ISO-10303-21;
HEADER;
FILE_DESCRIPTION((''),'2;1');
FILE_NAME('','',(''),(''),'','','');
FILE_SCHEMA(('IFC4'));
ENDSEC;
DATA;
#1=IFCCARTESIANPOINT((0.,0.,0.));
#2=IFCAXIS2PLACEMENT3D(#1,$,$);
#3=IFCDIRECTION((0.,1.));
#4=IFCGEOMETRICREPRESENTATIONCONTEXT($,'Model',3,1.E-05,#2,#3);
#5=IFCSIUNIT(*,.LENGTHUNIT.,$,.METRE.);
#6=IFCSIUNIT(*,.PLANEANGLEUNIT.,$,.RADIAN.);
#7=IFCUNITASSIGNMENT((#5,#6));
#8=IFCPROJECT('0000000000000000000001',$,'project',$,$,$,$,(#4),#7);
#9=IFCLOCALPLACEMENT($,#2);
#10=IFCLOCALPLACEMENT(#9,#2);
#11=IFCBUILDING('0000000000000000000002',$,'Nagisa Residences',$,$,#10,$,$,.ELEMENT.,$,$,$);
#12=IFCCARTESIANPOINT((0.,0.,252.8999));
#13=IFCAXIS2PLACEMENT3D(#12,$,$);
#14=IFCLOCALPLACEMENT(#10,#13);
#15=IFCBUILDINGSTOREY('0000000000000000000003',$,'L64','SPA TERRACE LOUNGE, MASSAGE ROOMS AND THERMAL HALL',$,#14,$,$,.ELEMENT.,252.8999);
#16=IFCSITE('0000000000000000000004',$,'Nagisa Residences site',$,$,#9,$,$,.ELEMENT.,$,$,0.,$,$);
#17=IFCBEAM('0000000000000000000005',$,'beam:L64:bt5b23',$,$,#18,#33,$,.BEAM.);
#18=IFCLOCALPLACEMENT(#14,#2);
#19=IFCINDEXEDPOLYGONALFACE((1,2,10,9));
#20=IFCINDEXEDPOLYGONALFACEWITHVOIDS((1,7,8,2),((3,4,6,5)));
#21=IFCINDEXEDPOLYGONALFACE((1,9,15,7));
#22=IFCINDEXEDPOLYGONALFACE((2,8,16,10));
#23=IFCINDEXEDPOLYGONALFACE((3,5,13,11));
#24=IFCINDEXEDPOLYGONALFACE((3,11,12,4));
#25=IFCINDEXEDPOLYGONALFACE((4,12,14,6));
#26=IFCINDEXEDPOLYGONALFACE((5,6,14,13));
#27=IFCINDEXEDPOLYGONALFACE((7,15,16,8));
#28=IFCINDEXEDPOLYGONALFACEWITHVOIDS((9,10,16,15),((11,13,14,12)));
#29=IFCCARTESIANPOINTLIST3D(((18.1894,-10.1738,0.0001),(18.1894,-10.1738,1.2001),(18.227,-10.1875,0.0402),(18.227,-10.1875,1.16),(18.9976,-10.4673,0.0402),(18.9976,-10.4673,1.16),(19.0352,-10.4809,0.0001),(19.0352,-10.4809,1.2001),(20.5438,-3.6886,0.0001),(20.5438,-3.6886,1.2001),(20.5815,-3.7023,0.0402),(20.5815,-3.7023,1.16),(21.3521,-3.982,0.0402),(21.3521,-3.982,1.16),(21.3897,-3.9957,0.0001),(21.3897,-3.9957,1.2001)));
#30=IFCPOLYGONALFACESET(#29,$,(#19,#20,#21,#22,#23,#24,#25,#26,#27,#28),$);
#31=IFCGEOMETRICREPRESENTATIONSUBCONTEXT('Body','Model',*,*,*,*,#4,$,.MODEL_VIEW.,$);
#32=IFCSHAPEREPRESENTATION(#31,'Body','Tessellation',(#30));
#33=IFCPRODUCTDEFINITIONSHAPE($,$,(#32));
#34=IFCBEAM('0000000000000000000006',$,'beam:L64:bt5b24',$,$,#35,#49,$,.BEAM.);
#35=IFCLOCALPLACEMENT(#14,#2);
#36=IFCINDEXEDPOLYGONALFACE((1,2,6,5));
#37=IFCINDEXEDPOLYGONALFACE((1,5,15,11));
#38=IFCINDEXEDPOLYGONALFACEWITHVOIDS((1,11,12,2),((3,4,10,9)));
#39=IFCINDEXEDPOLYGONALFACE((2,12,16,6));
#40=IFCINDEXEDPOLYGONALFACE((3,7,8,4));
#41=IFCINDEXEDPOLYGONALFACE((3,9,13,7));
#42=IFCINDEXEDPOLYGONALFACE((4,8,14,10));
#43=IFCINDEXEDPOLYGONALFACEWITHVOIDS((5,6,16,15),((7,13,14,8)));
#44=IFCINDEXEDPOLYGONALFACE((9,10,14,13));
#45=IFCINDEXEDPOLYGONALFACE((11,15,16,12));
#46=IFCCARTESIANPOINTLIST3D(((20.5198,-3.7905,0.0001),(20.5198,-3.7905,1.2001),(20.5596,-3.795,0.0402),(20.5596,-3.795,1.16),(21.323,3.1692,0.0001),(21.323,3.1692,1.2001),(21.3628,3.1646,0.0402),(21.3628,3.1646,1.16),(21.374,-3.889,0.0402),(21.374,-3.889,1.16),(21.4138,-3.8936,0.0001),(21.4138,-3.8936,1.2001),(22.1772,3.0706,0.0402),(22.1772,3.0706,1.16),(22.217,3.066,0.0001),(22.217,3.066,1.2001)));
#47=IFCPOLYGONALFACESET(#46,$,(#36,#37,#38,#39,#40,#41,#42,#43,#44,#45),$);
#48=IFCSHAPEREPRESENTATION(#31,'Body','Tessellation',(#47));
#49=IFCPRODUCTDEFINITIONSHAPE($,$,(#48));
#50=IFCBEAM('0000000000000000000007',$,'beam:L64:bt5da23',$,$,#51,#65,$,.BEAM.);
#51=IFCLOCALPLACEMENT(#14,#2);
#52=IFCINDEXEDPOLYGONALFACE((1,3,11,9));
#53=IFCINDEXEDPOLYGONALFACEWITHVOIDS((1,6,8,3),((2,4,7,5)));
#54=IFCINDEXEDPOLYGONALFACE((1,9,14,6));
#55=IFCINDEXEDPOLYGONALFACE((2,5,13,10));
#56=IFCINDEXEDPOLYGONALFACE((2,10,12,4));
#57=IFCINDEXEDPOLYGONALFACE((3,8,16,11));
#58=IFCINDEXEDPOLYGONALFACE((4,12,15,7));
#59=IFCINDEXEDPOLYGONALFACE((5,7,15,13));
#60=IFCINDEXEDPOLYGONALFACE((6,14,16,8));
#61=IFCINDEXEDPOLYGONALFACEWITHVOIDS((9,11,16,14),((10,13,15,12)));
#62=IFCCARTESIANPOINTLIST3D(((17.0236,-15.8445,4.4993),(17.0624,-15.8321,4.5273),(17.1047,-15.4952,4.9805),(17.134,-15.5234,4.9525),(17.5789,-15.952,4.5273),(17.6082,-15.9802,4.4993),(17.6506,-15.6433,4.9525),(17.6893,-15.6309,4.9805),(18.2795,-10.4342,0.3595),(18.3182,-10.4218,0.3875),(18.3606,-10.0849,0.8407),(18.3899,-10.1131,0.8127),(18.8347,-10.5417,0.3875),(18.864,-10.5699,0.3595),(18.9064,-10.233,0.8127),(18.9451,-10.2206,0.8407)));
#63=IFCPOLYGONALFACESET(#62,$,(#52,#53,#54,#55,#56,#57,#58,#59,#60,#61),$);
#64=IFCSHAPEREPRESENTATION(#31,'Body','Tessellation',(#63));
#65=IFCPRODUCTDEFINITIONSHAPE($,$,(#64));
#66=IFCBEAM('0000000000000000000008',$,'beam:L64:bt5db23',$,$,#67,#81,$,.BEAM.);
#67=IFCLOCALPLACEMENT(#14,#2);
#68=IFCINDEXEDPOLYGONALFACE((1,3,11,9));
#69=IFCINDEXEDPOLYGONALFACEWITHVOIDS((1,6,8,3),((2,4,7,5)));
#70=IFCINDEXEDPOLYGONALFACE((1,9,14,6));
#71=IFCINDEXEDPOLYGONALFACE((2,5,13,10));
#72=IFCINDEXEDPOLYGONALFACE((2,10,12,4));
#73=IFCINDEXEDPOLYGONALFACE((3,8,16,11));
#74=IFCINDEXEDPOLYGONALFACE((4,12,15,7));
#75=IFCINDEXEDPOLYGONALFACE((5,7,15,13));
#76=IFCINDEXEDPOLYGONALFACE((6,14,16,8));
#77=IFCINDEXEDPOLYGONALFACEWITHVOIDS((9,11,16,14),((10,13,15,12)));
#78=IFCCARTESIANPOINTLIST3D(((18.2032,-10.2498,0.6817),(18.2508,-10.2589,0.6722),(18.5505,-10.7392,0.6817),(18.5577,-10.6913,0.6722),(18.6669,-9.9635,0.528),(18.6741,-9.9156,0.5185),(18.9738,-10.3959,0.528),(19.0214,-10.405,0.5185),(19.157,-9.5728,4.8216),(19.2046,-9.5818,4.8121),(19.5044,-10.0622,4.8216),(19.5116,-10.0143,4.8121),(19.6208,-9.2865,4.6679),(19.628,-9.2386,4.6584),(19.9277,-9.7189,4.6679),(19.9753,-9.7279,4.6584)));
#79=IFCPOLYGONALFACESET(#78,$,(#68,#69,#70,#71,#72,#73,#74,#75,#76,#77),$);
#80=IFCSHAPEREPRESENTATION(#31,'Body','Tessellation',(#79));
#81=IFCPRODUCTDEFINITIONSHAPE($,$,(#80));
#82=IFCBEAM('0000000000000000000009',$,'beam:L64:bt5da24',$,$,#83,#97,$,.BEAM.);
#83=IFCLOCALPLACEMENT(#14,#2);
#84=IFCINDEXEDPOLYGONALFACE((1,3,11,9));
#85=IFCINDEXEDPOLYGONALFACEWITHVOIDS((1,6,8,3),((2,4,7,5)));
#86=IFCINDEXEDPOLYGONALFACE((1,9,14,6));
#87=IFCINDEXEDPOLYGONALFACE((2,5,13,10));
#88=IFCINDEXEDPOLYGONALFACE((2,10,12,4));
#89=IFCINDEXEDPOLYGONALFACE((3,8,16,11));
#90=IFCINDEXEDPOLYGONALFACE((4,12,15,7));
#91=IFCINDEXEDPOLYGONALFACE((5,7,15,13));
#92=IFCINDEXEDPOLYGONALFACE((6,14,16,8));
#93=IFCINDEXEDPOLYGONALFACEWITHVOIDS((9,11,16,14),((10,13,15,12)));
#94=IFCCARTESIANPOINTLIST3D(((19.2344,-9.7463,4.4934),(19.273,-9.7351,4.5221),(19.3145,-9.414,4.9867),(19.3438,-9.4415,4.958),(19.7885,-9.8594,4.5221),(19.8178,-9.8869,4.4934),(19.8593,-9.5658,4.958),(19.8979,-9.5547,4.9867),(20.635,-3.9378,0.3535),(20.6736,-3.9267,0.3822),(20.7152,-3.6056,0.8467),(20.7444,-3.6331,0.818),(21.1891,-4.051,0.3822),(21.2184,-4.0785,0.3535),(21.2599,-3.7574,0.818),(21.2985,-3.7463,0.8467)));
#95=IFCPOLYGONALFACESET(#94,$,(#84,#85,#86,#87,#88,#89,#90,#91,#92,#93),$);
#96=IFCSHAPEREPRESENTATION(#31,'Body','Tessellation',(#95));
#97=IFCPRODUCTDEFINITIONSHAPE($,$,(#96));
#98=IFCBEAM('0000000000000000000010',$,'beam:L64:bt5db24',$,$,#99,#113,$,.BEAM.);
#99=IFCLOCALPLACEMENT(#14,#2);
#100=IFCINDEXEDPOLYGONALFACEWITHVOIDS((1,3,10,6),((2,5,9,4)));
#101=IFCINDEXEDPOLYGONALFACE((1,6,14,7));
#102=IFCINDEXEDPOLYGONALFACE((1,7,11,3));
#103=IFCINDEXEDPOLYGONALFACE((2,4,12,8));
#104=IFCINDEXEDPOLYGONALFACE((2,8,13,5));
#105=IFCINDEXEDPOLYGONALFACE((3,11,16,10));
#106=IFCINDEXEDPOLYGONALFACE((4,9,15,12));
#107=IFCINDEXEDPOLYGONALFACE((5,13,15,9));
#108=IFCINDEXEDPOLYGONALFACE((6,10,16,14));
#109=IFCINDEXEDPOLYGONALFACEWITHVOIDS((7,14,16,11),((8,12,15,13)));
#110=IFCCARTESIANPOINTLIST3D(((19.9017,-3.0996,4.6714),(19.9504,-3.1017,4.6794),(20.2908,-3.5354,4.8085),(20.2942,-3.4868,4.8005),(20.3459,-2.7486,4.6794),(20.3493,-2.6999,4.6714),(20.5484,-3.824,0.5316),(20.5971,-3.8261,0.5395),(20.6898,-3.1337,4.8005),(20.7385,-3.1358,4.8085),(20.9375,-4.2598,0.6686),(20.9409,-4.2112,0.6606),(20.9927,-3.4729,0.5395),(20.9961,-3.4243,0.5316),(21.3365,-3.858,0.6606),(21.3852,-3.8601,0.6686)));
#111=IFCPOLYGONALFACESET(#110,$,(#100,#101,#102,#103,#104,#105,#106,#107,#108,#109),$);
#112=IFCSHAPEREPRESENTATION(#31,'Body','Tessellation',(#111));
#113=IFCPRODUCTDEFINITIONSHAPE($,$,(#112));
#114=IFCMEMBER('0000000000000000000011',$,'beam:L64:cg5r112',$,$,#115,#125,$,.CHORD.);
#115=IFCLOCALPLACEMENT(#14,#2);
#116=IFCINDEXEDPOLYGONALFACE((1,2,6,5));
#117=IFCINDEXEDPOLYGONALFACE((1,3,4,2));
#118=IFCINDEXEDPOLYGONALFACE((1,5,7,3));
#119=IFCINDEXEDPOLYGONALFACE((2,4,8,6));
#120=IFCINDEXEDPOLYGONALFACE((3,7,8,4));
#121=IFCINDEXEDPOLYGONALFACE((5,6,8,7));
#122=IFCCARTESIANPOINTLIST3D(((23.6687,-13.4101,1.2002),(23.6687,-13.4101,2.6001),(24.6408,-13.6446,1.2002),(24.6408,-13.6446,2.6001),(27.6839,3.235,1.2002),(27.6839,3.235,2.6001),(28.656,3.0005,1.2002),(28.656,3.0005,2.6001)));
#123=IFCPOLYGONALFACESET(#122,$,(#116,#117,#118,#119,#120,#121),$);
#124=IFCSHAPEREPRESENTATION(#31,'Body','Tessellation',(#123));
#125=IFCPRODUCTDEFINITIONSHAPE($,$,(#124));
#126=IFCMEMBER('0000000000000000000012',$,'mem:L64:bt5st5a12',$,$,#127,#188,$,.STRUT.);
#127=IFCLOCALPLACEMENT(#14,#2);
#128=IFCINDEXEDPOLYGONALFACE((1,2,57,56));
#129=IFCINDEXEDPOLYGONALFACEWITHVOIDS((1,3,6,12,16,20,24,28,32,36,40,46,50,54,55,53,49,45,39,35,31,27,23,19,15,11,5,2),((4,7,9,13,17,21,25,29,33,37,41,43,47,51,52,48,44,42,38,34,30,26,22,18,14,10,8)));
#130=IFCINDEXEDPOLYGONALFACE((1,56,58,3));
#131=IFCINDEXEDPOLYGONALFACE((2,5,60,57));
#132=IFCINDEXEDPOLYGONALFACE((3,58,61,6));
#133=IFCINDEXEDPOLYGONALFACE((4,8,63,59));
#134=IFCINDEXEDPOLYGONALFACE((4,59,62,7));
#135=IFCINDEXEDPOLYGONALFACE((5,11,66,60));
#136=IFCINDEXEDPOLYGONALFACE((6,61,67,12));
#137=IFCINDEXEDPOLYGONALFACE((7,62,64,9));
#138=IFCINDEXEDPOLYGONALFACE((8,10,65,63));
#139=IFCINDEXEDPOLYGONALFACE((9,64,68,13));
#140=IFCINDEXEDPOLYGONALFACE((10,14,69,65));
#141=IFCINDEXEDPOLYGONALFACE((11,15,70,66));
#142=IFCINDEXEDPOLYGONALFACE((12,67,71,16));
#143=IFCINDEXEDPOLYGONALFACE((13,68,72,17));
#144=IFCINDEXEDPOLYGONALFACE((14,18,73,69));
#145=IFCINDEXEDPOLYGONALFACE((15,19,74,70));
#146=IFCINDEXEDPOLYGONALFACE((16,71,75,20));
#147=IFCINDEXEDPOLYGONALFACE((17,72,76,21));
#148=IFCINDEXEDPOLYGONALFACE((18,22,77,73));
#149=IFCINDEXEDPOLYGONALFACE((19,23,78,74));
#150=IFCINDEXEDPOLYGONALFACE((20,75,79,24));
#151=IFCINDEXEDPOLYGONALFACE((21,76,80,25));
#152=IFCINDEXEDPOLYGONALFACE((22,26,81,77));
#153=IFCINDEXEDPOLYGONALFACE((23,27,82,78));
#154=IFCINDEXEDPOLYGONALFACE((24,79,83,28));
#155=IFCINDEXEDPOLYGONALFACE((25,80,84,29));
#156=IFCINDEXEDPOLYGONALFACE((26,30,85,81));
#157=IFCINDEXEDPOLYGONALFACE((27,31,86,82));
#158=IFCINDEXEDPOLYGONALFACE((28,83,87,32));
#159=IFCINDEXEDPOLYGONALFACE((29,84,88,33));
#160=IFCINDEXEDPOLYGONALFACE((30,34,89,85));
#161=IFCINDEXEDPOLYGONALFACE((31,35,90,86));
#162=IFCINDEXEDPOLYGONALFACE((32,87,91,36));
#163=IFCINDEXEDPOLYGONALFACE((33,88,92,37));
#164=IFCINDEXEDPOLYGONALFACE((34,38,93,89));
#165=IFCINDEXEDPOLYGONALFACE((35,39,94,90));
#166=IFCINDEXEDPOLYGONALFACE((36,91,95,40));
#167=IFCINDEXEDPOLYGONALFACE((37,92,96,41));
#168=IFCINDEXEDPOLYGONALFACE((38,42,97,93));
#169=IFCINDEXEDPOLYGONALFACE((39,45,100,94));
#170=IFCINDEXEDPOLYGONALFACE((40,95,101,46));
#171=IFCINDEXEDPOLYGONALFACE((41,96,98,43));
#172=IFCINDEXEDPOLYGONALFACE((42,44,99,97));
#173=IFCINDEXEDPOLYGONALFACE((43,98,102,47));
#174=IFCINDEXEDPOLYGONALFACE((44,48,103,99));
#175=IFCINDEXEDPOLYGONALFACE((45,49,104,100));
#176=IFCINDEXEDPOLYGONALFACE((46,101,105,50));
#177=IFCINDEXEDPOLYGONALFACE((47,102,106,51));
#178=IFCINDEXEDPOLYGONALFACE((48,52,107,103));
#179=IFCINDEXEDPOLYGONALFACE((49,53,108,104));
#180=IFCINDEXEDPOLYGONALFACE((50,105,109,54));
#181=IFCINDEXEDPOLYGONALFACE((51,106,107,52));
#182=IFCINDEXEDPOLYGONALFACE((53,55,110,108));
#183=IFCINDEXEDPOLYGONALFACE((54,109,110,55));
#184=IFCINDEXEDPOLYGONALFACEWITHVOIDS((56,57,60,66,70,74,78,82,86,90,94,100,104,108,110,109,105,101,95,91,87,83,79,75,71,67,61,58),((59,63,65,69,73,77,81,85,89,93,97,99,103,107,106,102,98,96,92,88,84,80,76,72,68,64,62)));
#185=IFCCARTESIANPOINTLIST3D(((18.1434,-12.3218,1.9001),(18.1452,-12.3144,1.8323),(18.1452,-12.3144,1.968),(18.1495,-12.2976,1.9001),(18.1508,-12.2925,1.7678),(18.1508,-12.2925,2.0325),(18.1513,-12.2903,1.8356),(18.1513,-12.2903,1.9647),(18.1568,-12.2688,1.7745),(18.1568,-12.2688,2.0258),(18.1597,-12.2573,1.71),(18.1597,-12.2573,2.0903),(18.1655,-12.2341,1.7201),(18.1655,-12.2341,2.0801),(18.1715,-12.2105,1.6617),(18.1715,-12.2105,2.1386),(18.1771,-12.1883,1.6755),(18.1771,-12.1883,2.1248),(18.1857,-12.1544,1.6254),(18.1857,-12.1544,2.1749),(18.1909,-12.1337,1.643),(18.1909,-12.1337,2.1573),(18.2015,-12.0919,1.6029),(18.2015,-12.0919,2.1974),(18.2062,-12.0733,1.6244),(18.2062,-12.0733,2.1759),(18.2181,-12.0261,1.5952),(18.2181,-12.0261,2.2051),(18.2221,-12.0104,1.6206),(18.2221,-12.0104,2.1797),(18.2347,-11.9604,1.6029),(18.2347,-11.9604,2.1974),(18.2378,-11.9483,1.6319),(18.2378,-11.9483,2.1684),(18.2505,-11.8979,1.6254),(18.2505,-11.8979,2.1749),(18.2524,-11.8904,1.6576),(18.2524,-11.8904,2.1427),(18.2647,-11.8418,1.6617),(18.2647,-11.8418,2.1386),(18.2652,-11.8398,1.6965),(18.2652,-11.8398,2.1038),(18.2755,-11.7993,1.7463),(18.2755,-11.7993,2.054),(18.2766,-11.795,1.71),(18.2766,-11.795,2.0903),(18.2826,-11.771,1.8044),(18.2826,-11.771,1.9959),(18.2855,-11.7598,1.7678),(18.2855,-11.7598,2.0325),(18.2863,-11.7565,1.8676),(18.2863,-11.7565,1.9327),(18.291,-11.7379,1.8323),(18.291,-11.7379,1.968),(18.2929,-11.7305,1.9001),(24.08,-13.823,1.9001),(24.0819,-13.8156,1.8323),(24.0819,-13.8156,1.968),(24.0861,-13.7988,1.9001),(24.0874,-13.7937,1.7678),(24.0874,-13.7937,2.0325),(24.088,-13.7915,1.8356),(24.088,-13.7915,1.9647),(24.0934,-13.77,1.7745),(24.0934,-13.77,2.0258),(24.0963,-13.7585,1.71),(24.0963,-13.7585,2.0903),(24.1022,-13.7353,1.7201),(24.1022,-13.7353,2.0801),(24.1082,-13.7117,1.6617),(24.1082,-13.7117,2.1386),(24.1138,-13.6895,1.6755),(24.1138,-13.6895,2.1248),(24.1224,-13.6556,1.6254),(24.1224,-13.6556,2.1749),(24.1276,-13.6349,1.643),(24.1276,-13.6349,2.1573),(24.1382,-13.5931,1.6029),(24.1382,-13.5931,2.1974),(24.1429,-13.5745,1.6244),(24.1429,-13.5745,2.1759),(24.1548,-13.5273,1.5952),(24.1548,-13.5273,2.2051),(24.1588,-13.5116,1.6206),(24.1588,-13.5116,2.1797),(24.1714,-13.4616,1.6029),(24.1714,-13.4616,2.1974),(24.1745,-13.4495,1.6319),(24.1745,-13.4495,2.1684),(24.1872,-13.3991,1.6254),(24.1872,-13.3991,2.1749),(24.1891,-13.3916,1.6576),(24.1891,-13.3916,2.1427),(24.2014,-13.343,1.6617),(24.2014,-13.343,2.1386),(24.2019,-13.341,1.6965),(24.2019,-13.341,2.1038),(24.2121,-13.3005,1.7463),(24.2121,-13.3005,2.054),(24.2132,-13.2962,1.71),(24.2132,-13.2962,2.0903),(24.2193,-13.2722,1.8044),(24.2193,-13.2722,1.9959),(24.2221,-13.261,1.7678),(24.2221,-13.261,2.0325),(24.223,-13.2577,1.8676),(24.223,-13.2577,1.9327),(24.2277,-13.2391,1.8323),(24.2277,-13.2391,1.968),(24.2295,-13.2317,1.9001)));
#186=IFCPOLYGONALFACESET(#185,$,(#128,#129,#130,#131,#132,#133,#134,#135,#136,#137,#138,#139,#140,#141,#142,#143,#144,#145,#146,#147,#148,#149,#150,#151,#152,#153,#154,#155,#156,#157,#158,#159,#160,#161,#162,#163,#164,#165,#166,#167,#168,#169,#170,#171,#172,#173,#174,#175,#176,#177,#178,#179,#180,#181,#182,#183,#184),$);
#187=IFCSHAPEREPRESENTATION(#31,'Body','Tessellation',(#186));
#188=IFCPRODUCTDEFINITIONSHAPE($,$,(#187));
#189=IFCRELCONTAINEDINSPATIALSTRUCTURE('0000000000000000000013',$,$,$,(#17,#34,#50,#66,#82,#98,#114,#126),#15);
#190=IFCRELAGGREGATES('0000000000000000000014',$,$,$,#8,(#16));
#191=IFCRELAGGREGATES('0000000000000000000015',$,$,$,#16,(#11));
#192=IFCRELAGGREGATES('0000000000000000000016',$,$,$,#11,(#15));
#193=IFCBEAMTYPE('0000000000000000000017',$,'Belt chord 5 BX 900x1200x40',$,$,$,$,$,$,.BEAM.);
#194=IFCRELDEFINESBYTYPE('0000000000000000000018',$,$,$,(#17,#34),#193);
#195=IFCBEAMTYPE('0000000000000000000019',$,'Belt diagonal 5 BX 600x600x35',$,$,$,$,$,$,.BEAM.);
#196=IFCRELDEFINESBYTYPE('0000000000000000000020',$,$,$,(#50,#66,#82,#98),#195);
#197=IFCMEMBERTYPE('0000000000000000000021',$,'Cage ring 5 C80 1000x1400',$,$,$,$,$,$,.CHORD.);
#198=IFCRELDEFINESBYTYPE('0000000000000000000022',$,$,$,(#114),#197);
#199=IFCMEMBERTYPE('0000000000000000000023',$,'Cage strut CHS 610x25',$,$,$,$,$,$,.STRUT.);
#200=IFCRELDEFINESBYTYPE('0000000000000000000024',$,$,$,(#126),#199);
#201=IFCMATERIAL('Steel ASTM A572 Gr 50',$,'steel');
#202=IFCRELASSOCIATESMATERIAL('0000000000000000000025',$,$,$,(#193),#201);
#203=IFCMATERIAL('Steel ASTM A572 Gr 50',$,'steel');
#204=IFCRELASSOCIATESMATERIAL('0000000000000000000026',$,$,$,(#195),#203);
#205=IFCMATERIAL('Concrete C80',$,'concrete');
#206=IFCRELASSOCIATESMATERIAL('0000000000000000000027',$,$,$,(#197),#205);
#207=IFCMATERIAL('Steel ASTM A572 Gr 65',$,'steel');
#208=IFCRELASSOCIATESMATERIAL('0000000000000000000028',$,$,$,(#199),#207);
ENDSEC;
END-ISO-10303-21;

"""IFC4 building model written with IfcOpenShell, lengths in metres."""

from ifc_helpers import new_model, si_unit, direction, frame, origin, origin_2d, place, context, subcontext, project, spatial, rectangle, hollow_rectangle, hollow_circle, extrude, material, material_profile, profile_set, type_object, element, save


model = new_model("IFC4")

# Units and contexts
model_context = context("Model", 3, precision=1e-05, world=origin(), true_north=direction((0.0, 1.0)))
body_context = subcontext(model_context, "Body", "Model", "MODEL_VIEW")
ifc_project = project(units=[si_unit("LENGTHUNIT", "METRE"), si_unit("PLANEANGLEUNIT", "RADIAN")], contexts=[model_context])

# Site, building, storey
site_placement = place(None, origin())
site = spatial("IfcSite", under=ifc_project, at=site_placement, Name="Nagisa Residences site", CompositionType="ELEMENT", RefElevation=0.0)
building_placement = place(site_placement, origin())
building = spatial("IfcBuilding", under=site, at=building_placement, Name="Nagisa Residences", CompositionType="ELEMENT")
storey_placement = place(building_placement, frame((0.0, 0.0, 252.8999)))
storey = spatial("IfcBuildingStorey", under=building, at=storey_placement, Name="L64", Description="SPA TERRACE LOUNGE, MASSAGE ROOMS AND THERMAL HALL", CompositionType="ELEMENT", Elevation=252.8999)

# Beams
ifc_material_1 = material(Name="Steel ASTM A572 Gr 50", Category="steel")
ifc_material_profile_1 = material_profile(ifc_material_1, hollow_rectangle(XDim=0.8999, YDim=1.2, WallThickness=0.04, at=origin_2d()), Name="BX 900x1200x40")
ifc_profile_set_1 = profile_set([ifc_material_profile_1], Name="Steel ASTM A572 Gr 50")
beam_type_1 = type_object("IfcBeamType", Name="Belt chord 5 BX 900x1200x40", PredefinedType="BEAM", material=ifc_profile_set_1)
beam_1_placement = place(storey_placement, frame((18.6123, -10.3274, 0.6001), z_axis=(0.341254, 0.939971, 0.0), x_axis=(-0.939971, 0.341254, 0.0)))
element("IfcBeam", 1, at=beam_1_placement, inside=storey, type_object=beam_type_1, Name="beam:L64:bt5b23", PredefinedType="BEAM", context=body_context, shape_type="SweptSolid", body=[
    extrude(hollow_rectangle(XDim=0.8999, YDim=1.2, WallThickness=0.04, at=origin_2d()), origin(), (0.0, 0.0, 1.0), 6.8994),
])
beam_2_placement = place(storey_placement, frame((20.9668, -3.842, 0.6001), z_axis=(0.114649, 0.993406, 0.0), x_axis=(-0.993406, 0.114649, 0.0)))
element("IfcBeam", 2, at=beam_2_placement, inside=storey, type_object=beam_type_1, Name="beam:L64:bt5b24", PredefinedType="BEAM", context=body_context, shape_type="SweptSolid", body=[
    extrude(hollow_rectangle(XDim=0.8999, YDim=1.2, WallThickness=0.04, at=origin_2d()), origin(), (0.0, 0.0, 1.0), 7.0059),
])
ifc_material_2 = material(Name="Steel ASTM A572 Gr 50", Category="steel")
ifc_material_profile_2 = material_profile(ifc_material_2, hollow_rectangle(XDim=0.6001, YDim=0.6001, WallThickness=0.0349, at=origin_2d()), Name="BX 600x600x35")
ifc_profile_set_2 = profile_set([ifc_material_profile_2], Name="Steel ASTM A572 Gr 50")
beam_type_2 = type_object("IfcBeamType", Name="Belt diagonal 5 BX 600x600x35", PredefinedType="BEAM", material=ifc_profile_set_2)
beam_3_placement = place(storey_placement, frame((18.6123, -10.3274, 0.6001), z_axis=(-0.18129, -0.781019, 0.597615), x_axis=(0.974102, -0.226108, 0.0)))
element("IfcBeam", 3, at=beam_3_placement, inside=storey, type_object=beam_type_2, Name="beam:L64:bt5da23", PredefinedType="BEAM", context=body_context, shape_type="SweptSolid", body=[
    extrude(hollow_rectangle(XDim=0.6001, YDim=0.6001, WallThickness=0.0349, at=origin_2d()), origin(), (0.0, 0.0, 1.0), 6.9272),
])
beam_4_placement = place(storey_placement, frame((18.6123, -10.3274, 0.6001), z_axis=(0.221726, 0.15737, 0.962326), x_axis=(-0.578787, 0.815479, 0.0)))
element("IfcBeam", 4, at=beam_4_placement, inside=storey, type_object=beam_type_2, Name="beam:L64:bt5db23", PredefinedType="BEAM", context=body_context, shape_type="SweptSolid", body=[
    extrude(hollow_rectangle(XDim=0.6001, YDim=0.6001, WallThickness=0.0349, at=origin_2d()), origin(), (0.0, 0.0, 1.0), 4.302),
])
beam_5_placement = place(storey_placement, frame((20.9668, -3.842, 0.6001), z_axis=(-0.192688, -0.799065, 0.569532), x_axis=(0.972135, -0.234422, 0.0)))
element("IfcBeam", 5, at=beam_5_placement, inside=storey, type_object=beam_type_2, Name="beam:L64:bt5da24", PredefinedType="BEAM", context=body_context, shape_type="SweptSolid", body=[
    extrude(hollow_rectangle(XDim=0.6001, YDim=0.6001, WallThickness=0.0349, at=origin_2d()), origin(), (0.0, 0.0, 1.0), 7.269),
])
beam_6_placement = place(storey_placement, frame((20.9668, -3.842, 0.6001), z_axis=(-0.152091, 0.170348, 0.973576), x_axis=(-0.745951, -0.666001, 0.0)))
element("IfcBeam", 6, at=beam_6_placement, inside=storey, type_object=beam_type_2, Name="beam:L64:bt5db24", PredefinedType="BEAM", context=body_context, shape_type="SweptSolid", body=[
    extrude(hollow_rectangle(XDim=0.6001, YDim=0.6001, WallThickness=0.0349, at=origin_2d()), origin(), (0.0, 0.0, 1.0), 4.2522),
])

# Members
ifc_material_3 = material(Name="Concrete C80", Category="concrete")
ifc_material_profile_3 = material_profile(ifc_material_3, rectangle(XDim=1.0, YDim=1.3999, at=origin_2d()), Name="C80 1000x1400")
ifc_profile_set_3 = profile_set([ifc_material_profile_3], Name="Concrete C80")
member_type_1 = type_object("IfcMemberType", Name="Cage ring 5 C80 1000x1400", PredefinedType="CHORD", material=ifc_profile_set_3)
member_1_placement = place(storey_placement, frame((24.1548, -13.5273, 1.9001), z_axis=(0.234496, 0.972117, 0.0), x_axis=(-0.972117, 0.234496, 0.0)))
element("IfcMember", 7, at=member_1_placement, inside=storey, type_object=member_type_1, Name="beam:L64:cg5r112", PredefinedType="CHORD", context=body_context, shape_type="SweptSolid", body=[
    extrude(rectangle(XDim=1.0, YDim=1.3999, at=origin_2d()), origin(), (0.0, 0.0, 1.0), 17.1226),
])
ifc_material_4 = material(Name="Steel ASTM A572 Gr 65", Category="steel")
ifc_material_profile_4 = material_profile(ifc_material_4, hollow_circle(Radius=0.3049, WallThickness=0.0249, at=origin_2d()), Name="CHS 610x25")
ifc_profile_set_4 = profile_set([ifc_material_profile_4], Name="Steel ASTM A572 Gr 65")
member_type_2 = type_object("IfcMemberType", Name="Cage strut CHS 610x25", PredefinedType="STRUT", material=ifc_profile_set_4)
member_2_placement = place(storey_placement, frame((24.1548, -13.5273, 1.9001), z_axis=(-0.969485, 0.245152, 0.0), x_axis=(-0.245152, -0.969485, 0.0)))
element("IfcMember", 8, at=member_2_placement, inside=storey, type_object=member_type_2, Name="mem:L64:bt5st5a12", PredefinedType="STRUT", context=body_context, shape_type="SweptSolid", body=[
    extrude(hollow_circle(Radius=0.3049, WallThickness=0.0249, at=origin_2d()), origin(), (0.0, 0.0, 1.0), 6.1235),
])

save(model, "model.ifc")
